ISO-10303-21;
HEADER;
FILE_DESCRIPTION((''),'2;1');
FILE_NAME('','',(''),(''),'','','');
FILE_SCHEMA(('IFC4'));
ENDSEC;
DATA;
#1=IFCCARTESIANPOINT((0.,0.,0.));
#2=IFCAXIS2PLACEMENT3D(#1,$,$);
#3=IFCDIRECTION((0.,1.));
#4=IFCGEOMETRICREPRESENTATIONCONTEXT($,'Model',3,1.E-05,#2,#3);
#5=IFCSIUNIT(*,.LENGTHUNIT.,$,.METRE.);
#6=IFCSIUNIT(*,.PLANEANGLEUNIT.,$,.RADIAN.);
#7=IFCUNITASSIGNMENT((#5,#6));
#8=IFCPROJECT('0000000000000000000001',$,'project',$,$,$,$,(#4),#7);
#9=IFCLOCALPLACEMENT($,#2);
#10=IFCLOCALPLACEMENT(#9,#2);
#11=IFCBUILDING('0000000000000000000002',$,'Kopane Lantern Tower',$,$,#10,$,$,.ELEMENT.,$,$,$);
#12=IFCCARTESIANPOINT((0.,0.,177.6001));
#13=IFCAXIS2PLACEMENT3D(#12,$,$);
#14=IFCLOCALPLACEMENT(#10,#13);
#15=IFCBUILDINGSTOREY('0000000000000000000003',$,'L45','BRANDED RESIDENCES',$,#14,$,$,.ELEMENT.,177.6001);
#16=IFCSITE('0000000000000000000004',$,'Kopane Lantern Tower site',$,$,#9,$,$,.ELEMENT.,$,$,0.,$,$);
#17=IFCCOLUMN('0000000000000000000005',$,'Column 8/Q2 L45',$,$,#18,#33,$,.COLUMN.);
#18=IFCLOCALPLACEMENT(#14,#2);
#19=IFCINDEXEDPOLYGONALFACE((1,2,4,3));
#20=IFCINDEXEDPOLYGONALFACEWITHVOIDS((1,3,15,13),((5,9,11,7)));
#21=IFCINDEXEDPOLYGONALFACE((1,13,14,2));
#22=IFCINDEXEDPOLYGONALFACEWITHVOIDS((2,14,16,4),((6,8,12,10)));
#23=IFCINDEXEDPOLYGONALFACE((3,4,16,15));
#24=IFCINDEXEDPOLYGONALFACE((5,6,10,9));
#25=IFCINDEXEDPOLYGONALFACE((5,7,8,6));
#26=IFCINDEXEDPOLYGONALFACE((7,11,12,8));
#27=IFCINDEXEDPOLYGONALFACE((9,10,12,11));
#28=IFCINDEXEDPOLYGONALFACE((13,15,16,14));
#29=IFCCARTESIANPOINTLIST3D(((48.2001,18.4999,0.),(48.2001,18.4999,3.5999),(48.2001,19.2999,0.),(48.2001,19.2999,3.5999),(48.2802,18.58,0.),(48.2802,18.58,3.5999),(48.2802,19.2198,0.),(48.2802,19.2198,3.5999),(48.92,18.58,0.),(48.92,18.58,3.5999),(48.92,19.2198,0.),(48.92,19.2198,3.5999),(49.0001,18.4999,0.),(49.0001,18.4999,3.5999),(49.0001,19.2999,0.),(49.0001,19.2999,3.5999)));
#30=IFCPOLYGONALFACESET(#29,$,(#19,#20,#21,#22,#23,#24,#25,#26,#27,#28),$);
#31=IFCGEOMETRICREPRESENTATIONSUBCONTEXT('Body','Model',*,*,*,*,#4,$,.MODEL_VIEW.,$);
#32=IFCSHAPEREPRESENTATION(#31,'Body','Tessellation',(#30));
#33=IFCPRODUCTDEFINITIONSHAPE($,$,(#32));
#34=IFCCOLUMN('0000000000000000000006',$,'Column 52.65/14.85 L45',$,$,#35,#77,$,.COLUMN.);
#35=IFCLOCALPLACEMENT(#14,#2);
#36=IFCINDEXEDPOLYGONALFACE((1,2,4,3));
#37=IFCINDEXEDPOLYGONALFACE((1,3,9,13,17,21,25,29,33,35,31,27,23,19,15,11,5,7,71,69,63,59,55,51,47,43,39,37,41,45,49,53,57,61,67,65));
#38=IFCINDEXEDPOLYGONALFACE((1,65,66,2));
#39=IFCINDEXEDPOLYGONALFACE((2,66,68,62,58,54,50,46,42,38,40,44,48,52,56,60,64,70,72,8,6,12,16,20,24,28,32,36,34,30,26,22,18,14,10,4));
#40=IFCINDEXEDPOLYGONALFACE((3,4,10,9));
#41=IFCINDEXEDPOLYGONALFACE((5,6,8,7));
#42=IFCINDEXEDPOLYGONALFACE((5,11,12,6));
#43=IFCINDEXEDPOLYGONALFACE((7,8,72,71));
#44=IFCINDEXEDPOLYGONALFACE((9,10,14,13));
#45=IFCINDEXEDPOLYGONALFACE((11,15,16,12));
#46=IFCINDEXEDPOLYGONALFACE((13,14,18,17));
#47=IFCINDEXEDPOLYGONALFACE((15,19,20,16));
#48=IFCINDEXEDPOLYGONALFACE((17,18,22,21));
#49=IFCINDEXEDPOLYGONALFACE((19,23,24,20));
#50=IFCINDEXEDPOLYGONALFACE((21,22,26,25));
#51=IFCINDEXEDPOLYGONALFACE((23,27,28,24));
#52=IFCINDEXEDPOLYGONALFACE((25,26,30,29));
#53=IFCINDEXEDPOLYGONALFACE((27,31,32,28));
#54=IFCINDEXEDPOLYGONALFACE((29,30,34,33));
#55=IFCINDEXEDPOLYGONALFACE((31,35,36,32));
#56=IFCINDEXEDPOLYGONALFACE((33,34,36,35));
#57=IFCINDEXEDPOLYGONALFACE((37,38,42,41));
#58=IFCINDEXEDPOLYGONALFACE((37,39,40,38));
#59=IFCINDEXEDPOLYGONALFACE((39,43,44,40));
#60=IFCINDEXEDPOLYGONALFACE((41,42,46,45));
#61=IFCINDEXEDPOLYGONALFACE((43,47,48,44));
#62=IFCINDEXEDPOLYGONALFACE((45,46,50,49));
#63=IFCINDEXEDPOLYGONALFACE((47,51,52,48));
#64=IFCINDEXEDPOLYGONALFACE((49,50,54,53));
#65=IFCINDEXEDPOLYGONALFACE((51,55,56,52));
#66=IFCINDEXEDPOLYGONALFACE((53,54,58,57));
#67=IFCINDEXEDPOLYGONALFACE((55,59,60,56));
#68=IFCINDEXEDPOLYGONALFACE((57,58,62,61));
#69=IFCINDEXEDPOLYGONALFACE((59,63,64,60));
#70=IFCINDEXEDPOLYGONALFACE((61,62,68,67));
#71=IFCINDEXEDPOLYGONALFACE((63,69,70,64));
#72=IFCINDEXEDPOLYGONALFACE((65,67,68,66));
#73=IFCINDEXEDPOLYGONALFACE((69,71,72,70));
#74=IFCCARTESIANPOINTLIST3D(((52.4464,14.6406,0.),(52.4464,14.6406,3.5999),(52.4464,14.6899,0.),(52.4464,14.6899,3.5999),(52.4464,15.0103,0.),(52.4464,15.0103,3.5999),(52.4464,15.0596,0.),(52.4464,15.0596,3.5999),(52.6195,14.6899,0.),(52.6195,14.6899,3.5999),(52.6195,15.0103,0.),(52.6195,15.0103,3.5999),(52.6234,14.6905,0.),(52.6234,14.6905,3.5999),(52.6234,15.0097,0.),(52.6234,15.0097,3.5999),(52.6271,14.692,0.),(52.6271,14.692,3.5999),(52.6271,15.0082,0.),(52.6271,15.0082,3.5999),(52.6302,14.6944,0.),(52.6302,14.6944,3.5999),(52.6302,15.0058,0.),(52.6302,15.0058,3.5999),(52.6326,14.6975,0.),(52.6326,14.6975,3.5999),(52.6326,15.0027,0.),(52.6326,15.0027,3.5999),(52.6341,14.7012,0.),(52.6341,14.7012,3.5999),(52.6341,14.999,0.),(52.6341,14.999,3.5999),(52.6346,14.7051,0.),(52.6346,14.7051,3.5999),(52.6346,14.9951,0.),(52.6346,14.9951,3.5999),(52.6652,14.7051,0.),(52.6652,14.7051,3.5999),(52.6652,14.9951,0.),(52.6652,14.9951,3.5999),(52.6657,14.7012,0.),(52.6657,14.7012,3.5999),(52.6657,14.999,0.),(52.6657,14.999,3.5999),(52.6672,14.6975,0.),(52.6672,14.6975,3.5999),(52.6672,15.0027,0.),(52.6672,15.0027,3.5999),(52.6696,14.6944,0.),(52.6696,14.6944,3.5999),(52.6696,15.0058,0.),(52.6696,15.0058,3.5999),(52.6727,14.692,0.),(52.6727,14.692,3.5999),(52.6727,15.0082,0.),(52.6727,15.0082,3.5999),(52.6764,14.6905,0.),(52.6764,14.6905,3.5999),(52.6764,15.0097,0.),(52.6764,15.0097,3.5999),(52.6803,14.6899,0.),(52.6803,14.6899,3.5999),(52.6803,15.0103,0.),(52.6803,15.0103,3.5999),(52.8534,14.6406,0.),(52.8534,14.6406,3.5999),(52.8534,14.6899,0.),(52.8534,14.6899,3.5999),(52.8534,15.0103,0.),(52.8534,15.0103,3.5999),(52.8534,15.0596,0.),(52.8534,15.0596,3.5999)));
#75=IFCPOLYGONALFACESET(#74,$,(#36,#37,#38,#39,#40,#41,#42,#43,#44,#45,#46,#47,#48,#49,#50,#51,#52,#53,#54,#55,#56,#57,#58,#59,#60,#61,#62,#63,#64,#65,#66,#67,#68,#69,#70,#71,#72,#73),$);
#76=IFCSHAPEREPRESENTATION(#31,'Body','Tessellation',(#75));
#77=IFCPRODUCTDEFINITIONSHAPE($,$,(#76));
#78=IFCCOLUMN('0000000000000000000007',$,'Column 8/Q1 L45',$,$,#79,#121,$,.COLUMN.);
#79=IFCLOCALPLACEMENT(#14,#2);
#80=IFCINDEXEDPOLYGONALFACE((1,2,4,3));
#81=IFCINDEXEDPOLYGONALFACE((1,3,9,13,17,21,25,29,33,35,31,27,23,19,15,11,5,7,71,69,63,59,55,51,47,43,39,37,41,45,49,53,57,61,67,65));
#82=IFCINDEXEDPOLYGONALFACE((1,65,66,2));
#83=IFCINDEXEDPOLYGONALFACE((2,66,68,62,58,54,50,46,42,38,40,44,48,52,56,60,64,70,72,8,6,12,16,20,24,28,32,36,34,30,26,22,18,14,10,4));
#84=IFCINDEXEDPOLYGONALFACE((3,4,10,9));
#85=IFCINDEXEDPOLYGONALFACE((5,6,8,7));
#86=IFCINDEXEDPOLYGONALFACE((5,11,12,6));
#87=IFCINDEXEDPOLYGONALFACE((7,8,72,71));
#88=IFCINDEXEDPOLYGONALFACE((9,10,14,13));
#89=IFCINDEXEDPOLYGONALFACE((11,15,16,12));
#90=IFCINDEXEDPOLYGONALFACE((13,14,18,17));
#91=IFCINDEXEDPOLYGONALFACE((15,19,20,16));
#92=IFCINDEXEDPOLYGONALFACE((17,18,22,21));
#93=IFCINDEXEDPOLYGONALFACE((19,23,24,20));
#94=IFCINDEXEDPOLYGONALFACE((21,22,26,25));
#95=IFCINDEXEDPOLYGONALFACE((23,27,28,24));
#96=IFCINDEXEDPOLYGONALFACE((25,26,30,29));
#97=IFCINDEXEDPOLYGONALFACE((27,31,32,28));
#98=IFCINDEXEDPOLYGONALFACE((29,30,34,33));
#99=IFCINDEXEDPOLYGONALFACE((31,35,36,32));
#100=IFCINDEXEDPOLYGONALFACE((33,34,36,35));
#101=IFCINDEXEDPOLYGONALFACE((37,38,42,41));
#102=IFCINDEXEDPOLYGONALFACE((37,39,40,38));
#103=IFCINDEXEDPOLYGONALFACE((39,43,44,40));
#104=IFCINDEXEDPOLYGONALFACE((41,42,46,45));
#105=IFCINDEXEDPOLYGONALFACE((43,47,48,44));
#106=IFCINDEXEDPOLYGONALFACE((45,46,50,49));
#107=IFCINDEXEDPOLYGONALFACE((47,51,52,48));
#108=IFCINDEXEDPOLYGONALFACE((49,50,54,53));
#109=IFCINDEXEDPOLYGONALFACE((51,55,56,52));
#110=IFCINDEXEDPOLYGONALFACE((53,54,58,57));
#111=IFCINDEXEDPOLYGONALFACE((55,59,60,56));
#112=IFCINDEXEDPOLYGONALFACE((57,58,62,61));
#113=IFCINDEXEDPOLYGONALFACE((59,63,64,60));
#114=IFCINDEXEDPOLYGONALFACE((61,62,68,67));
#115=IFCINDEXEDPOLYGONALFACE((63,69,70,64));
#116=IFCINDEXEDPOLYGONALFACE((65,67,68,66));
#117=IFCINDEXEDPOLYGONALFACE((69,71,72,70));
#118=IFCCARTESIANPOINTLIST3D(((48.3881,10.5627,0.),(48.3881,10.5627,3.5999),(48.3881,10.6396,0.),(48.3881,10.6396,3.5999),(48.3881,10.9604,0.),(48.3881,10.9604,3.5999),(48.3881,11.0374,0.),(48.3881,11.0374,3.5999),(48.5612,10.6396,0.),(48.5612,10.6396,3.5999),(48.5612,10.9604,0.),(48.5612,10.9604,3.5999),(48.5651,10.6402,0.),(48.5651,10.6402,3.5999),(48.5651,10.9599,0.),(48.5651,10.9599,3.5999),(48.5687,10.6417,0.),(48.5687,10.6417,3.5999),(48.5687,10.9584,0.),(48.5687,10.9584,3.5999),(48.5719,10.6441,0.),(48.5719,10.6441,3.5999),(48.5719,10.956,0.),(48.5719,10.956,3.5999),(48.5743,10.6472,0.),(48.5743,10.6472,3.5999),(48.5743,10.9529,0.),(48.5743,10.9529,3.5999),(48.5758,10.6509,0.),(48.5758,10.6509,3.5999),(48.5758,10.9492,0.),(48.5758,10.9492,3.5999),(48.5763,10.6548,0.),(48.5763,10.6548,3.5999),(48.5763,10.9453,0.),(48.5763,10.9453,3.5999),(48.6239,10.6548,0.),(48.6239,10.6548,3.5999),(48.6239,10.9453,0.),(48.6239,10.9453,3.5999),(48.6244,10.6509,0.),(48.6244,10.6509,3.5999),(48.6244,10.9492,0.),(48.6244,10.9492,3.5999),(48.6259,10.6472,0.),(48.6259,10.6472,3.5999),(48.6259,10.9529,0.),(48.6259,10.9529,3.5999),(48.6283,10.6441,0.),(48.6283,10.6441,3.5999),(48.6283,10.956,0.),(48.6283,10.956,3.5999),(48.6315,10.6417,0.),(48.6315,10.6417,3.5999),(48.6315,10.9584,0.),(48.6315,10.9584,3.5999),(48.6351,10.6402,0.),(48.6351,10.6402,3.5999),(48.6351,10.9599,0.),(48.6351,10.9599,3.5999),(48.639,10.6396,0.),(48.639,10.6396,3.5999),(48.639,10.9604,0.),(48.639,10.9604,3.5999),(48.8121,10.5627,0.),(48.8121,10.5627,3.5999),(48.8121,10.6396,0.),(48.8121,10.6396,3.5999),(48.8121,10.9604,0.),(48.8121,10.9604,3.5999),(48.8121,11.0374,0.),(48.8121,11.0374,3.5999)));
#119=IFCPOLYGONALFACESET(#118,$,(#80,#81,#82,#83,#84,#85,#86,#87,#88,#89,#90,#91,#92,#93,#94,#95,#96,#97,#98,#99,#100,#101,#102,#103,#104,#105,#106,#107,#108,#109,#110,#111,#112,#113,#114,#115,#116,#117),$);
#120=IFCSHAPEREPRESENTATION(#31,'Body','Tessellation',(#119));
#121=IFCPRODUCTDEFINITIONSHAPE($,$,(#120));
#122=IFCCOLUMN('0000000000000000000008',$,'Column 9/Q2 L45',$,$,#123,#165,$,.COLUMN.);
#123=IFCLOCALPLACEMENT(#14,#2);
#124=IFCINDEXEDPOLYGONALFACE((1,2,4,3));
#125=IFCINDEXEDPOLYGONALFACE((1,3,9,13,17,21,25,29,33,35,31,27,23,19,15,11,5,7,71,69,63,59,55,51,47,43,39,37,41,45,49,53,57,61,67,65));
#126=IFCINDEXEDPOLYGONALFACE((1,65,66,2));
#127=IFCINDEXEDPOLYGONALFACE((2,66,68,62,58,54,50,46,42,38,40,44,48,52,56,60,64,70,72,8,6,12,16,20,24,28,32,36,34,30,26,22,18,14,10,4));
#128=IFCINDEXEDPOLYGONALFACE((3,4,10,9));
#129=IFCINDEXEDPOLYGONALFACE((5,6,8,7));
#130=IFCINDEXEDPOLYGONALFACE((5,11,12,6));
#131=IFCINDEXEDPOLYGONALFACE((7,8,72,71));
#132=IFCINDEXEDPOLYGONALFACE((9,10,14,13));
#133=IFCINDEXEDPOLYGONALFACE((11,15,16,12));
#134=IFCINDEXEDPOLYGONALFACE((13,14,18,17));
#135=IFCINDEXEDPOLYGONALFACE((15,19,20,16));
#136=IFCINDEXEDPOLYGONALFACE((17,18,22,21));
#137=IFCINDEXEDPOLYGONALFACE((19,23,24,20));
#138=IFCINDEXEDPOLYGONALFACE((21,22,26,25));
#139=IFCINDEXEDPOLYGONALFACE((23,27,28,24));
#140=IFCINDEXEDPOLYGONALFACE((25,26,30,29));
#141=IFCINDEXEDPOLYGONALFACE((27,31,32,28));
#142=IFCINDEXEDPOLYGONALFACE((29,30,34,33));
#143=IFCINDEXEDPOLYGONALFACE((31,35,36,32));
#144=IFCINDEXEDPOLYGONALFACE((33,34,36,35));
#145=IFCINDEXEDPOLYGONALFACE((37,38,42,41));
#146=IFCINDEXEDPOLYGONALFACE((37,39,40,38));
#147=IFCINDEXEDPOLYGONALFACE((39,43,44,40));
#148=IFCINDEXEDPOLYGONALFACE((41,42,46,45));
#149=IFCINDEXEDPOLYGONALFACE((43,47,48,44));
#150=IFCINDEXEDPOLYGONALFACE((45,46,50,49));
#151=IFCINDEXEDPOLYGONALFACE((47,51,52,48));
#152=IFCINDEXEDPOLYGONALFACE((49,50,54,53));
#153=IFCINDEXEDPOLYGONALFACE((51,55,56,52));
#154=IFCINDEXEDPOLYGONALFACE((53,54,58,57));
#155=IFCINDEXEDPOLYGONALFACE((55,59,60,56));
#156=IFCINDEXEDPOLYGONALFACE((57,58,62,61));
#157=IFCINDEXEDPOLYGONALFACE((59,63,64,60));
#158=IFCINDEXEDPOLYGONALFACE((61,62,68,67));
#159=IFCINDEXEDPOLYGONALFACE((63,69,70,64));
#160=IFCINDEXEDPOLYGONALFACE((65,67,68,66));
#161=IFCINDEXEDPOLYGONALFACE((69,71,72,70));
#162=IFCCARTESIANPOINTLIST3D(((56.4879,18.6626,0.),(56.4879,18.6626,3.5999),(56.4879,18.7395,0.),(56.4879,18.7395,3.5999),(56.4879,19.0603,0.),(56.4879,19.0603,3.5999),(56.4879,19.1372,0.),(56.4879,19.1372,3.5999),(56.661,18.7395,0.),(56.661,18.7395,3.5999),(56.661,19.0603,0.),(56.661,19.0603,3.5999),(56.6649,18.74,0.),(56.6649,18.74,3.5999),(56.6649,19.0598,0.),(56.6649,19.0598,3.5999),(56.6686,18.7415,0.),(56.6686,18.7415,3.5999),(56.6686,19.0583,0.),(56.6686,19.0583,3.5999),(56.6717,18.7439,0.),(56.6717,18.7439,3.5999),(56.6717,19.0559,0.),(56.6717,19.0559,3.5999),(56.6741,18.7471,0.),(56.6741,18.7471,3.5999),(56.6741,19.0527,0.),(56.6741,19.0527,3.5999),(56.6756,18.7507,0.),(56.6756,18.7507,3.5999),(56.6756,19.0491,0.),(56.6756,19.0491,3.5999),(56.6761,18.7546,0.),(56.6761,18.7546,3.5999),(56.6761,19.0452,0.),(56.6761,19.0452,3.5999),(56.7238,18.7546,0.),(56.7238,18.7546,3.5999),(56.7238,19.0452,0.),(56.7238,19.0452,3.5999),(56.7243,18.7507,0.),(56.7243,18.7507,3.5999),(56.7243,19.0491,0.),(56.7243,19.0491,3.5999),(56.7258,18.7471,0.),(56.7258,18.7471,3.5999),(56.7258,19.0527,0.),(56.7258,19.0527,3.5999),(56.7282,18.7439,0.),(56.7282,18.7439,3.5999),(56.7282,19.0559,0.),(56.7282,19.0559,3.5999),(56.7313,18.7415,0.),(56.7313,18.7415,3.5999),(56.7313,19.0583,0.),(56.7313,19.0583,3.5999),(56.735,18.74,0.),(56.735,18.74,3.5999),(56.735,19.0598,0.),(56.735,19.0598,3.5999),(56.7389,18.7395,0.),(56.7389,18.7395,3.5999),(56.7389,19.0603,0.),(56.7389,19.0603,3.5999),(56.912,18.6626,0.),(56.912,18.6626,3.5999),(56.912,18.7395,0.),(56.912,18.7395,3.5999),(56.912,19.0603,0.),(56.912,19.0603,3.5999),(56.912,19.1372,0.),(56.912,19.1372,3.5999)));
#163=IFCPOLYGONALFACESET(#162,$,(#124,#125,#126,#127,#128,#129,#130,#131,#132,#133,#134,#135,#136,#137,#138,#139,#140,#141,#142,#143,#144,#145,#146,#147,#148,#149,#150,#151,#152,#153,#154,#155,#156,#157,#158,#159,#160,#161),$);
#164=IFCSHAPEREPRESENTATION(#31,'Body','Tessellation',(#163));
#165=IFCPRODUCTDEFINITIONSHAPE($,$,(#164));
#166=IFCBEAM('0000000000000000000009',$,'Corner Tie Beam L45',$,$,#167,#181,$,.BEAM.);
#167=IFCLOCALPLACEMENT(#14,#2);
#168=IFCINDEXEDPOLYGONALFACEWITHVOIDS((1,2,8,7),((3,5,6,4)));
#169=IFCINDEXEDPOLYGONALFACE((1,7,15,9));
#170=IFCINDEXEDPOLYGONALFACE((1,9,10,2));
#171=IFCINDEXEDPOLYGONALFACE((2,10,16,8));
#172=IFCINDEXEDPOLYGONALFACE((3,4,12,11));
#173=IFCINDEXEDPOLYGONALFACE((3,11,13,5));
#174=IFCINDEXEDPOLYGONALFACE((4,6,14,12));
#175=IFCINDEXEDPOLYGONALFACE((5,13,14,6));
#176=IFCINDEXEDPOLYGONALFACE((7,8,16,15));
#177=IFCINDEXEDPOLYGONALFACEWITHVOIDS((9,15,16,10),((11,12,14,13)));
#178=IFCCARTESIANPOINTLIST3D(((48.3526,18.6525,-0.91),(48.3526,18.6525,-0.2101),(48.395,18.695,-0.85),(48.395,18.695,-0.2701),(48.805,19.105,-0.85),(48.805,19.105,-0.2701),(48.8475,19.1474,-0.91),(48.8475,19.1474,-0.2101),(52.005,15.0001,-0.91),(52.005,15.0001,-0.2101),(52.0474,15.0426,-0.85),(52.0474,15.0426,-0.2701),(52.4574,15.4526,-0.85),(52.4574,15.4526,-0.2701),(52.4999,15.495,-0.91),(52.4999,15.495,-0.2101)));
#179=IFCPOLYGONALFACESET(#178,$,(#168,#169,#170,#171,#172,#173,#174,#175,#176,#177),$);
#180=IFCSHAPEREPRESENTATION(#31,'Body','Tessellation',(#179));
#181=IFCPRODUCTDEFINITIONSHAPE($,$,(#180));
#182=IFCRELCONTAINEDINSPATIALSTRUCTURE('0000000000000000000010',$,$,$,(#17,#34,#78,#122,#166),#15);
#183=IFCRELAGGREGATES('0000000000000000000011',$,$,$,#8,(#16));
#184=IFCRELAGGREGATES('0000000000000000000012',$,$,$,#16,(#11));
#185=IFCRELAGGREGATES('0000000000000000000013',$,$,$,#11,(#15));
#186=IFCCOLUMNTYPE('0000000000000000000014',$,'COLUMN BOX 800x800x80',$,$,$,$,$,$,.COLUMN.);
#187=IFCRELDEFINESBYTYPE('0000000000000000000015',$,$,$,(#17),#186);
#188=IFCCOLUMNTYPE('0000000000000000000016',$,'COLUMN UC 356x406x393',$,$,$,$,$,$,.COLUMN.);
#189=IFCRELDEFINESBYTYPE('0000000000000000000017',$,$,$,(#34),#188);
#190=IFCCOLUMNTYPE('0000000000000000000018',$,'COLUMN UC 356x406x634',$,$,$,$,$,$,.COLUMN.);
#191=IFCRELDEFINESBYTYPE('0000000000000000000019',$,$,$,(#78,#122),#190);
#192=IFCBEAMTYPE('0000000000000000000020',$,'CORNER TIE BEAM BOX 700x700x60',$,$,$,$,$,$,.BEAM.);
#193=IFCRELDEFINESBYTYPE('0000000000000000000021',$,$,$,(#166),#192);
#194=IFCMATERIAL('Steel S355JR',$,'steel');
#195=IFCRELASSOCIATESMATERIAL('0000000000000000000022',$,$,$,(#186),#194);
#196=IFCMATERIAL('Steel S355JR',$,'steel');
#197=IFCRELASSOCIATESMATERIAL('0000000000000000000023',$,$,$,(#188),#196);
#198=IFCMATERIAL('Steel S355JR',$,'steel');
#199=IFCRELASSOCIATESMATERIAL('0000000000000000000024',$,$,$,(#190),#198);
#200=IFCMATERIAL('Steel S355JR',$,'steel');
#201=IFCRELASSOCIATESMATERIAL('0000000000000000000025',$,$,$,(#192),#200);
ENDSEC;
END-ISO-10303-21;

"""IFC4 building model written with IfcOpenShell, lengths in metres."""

from ifc_helpers import new_model, si_unit, direction, frame, origin, origin_2d, place, context, subcontext, project, spatial, hollow_rectangle, i_section, extrude, material, material_profile, profile_set, type_object, element, save


model = new_model("IFC4")

# Units and contexts
model_context = context("Model", 3, precision=1e-05, world=origin(), true_north=direction((0.0, 1.0)))
body_context = subcontext(model_context, "Body", "Model", "MODEL_VIEW")
ifc_project = project(units=[si_unit("LENGTHUNIT", "METRE"), si_unit("PLANEANGLEUNIT", "RADIAN")], contexts=[model_context])

# Site, building, storey
site_placement = place(None, origin())
site = spatial("IfcSite", under=ifc_project, at=site_placement, Name="Kopane Lantern Tower site", CompositionType="ELEMENT", RefElevation=0.0)
building_placement = place(site_placement, origin())
building = spatial("IfcBuilding", under=site, at=building_placement, Name="Kopane Lantern Tower", CompositionType="ELEMENT")
storey_placement = place(building_placement, frame((0.0, 0.0, 177.6001)))
storey = spatial("IfcBuildingStorey", under=building, at=storey_placement, Name="L45", Description="BRANDED RESIDENCES", CompositionType="ELEMENT", Elevation=177.6001)

# Columns
ifc_material_1 = material(Name="Steel S355JR", Category="steel")
ifc_material_profile_1 = material_profile(ifc_material_1, hollow_rectangle(XDim=0.8, YDim=0.8, WallThickness=0.0801, at=origin_2d()), Name="BOX 800x800x80")
ifc_profile_set_1 = profile_set([ifc_material_profile_1], Name="Steel S355JR")
column_type_1 = type_object("IfcColumnType", Name="COLUMN BOX 800x800x80", PredefinedType="COLUMN", material=ifc_profile_set_1)
column_1_placement = place(storey_placement, frame((48.6001, 18.8999, 0.0), z_axis=(0.0, 0.0, 1.0), x_axis=(1.0, 0.0, 0.0)))
element("IfcColumn", 1, at=column_1_placement, inside=storey, type_object=column_type_1, Name="Column 8/Q2 L45", PredefinedType="COLUMN", context=body_context, shape_type="SweptSolid", body=[
    extrude(hollow_rectangle(XDim=0.8, YDim=0.8, WallThickness=0.0801, at=origin_2d()), origin(), (0.0, 0.0, 1.0), 3.5999),
])
ifc_material_2 = material(Name="Steel S355JR", Category="steel")
ifc_material_profile_2 = material_profile(ifc_material_2, i_section(OverallWidth=0.407, OverallDepth=0.4189, WebThickness=0.0305, FlangeThickness=0.0493, FilletRadius=0.0151, at=origin_2d()), Name="UC 356x406x393")
ifc_profile_set_2 = profile_set([ifc_material_profile_2], Name="Steel S355JR")
column_type_2 = type_object("IfcColumnType", Name="COLUMN UC 356x406x393", PredefinedType="COLUMN", material=ifc_profile_set_2)
column_2_placement = place(storey_placement, frame((52.6499, 14.8501, 0.0), z_axis=(0.0, 0.0, 1.0), x_axis=(1.0, 0.0, 0.0)))
element("IfcColumn", 2, at=column_2_placement, inside=storey, type_object=column_type_2, Name="Column 52.65/14.85 L45", PredefinedType="COLUMN", context=body_context, shape_type="SweptSolid", body=[
    extrude(i_section(OverallWidth=0.407, OverallDepth=0.4189, WebThickness=0.0305, FlangeThickness=0.0493, FilletRadius=0.0151, at=origin_2d()), origin(), (0.0, 0.0, 1.0), 3.5999),
])
ifc_material_3 = material(Name="Steel S355JR", Category="steel")
ifc_material_profile_3 = material_profile(ifc_material_3, i_section(OverallWidth=0.4241, OverallDepth=0.4746, WebThickness=0.0476, FlangeThickness=0.0769, FilletRadius=0.0151, at=origin_2d()), Name="UC 356x406x634")
ifc_profile_set_3 = profile_set([ifc_material_profile_3], Name="Steel S355JR")
column_type_3 = type_object("IfcColumnType", Name="COLUMN UC 356x406x634", PredefinedType="COLUMN", material=ifc_profile_set_3)
for number, where, z_axis, x_axis, name in (
    (3, (48.6001, 10.8, 0.0), (0.0, 0.0, 1.0), (1.0, 0.0, 0.0), "Column 8/Q1 L45"),
    (4, (56.7, 18.8999, 0.0), (0.0, 0.0, 1.0), (1.0, 0.0, 0.0), "Column 9/Q2 L45"),
):
    element("IfcColumn", number, at=place(storey_placement, frame(where, z_axis=z_axis, x_axis=x_axis)), inside=storey, type_object=column_type_3, Name=name, PredefinedType="COLUMN", context=body_context, shape_type="SweptSolid", body=[
        extrude(i_section(OverallWidth=0.4241, OverallDepth=0.4746, WebThickness=0.0476, FlangeThickness=0.0769, FilletRadius=0.0151, at=origin_2d()), origin(), (0.0, 0.0, 1.0), 3.5999),
    ])

# Beam
ifc_material_4 = material(Name="Steel S355JR", Category="steel")
ifc_material_profile_4 = material_profile(ifc_material_4, hollow_rectangle(XDim=0.7, YDim=0.7, WallThickness=0.0601, at=origin_2d()), Name="BOX 700x700x60")
ifc_profile_set_4 = profile_set([ifc_material_profile_4], Name="Steel S355JR")
beam_type_1 = type_object("IfcBeamType", Name="CORNER TIE BEAM BOX 700x700x60", PredefinedType="BEAM", material=ifc_profile_set_4)
beam_1_placement = place(storey_placement, frame((52.2524, 15.2476, -0.5601), z_axis=(-0.707107, 0.707107, 0.0), x_axis=(-0.707107, -0.707107, 0.0)))
element("IfcBeam", 5, at=beam_1_placement, inside=storey, type_object=beam_type_1, Name="Corner Tie Beam L45", PredefinedType="BEAM", context=body_context, shape_type="SweptSolid", body=[
    extrude(hollow_rectangle(XDim=0.7, YDim=0.7, WallThickness=0.0601, at=origin_2d()), origin(), (0.0, 0.0, 1.0), 5.1653),
])

save(model, "model.ifc")
